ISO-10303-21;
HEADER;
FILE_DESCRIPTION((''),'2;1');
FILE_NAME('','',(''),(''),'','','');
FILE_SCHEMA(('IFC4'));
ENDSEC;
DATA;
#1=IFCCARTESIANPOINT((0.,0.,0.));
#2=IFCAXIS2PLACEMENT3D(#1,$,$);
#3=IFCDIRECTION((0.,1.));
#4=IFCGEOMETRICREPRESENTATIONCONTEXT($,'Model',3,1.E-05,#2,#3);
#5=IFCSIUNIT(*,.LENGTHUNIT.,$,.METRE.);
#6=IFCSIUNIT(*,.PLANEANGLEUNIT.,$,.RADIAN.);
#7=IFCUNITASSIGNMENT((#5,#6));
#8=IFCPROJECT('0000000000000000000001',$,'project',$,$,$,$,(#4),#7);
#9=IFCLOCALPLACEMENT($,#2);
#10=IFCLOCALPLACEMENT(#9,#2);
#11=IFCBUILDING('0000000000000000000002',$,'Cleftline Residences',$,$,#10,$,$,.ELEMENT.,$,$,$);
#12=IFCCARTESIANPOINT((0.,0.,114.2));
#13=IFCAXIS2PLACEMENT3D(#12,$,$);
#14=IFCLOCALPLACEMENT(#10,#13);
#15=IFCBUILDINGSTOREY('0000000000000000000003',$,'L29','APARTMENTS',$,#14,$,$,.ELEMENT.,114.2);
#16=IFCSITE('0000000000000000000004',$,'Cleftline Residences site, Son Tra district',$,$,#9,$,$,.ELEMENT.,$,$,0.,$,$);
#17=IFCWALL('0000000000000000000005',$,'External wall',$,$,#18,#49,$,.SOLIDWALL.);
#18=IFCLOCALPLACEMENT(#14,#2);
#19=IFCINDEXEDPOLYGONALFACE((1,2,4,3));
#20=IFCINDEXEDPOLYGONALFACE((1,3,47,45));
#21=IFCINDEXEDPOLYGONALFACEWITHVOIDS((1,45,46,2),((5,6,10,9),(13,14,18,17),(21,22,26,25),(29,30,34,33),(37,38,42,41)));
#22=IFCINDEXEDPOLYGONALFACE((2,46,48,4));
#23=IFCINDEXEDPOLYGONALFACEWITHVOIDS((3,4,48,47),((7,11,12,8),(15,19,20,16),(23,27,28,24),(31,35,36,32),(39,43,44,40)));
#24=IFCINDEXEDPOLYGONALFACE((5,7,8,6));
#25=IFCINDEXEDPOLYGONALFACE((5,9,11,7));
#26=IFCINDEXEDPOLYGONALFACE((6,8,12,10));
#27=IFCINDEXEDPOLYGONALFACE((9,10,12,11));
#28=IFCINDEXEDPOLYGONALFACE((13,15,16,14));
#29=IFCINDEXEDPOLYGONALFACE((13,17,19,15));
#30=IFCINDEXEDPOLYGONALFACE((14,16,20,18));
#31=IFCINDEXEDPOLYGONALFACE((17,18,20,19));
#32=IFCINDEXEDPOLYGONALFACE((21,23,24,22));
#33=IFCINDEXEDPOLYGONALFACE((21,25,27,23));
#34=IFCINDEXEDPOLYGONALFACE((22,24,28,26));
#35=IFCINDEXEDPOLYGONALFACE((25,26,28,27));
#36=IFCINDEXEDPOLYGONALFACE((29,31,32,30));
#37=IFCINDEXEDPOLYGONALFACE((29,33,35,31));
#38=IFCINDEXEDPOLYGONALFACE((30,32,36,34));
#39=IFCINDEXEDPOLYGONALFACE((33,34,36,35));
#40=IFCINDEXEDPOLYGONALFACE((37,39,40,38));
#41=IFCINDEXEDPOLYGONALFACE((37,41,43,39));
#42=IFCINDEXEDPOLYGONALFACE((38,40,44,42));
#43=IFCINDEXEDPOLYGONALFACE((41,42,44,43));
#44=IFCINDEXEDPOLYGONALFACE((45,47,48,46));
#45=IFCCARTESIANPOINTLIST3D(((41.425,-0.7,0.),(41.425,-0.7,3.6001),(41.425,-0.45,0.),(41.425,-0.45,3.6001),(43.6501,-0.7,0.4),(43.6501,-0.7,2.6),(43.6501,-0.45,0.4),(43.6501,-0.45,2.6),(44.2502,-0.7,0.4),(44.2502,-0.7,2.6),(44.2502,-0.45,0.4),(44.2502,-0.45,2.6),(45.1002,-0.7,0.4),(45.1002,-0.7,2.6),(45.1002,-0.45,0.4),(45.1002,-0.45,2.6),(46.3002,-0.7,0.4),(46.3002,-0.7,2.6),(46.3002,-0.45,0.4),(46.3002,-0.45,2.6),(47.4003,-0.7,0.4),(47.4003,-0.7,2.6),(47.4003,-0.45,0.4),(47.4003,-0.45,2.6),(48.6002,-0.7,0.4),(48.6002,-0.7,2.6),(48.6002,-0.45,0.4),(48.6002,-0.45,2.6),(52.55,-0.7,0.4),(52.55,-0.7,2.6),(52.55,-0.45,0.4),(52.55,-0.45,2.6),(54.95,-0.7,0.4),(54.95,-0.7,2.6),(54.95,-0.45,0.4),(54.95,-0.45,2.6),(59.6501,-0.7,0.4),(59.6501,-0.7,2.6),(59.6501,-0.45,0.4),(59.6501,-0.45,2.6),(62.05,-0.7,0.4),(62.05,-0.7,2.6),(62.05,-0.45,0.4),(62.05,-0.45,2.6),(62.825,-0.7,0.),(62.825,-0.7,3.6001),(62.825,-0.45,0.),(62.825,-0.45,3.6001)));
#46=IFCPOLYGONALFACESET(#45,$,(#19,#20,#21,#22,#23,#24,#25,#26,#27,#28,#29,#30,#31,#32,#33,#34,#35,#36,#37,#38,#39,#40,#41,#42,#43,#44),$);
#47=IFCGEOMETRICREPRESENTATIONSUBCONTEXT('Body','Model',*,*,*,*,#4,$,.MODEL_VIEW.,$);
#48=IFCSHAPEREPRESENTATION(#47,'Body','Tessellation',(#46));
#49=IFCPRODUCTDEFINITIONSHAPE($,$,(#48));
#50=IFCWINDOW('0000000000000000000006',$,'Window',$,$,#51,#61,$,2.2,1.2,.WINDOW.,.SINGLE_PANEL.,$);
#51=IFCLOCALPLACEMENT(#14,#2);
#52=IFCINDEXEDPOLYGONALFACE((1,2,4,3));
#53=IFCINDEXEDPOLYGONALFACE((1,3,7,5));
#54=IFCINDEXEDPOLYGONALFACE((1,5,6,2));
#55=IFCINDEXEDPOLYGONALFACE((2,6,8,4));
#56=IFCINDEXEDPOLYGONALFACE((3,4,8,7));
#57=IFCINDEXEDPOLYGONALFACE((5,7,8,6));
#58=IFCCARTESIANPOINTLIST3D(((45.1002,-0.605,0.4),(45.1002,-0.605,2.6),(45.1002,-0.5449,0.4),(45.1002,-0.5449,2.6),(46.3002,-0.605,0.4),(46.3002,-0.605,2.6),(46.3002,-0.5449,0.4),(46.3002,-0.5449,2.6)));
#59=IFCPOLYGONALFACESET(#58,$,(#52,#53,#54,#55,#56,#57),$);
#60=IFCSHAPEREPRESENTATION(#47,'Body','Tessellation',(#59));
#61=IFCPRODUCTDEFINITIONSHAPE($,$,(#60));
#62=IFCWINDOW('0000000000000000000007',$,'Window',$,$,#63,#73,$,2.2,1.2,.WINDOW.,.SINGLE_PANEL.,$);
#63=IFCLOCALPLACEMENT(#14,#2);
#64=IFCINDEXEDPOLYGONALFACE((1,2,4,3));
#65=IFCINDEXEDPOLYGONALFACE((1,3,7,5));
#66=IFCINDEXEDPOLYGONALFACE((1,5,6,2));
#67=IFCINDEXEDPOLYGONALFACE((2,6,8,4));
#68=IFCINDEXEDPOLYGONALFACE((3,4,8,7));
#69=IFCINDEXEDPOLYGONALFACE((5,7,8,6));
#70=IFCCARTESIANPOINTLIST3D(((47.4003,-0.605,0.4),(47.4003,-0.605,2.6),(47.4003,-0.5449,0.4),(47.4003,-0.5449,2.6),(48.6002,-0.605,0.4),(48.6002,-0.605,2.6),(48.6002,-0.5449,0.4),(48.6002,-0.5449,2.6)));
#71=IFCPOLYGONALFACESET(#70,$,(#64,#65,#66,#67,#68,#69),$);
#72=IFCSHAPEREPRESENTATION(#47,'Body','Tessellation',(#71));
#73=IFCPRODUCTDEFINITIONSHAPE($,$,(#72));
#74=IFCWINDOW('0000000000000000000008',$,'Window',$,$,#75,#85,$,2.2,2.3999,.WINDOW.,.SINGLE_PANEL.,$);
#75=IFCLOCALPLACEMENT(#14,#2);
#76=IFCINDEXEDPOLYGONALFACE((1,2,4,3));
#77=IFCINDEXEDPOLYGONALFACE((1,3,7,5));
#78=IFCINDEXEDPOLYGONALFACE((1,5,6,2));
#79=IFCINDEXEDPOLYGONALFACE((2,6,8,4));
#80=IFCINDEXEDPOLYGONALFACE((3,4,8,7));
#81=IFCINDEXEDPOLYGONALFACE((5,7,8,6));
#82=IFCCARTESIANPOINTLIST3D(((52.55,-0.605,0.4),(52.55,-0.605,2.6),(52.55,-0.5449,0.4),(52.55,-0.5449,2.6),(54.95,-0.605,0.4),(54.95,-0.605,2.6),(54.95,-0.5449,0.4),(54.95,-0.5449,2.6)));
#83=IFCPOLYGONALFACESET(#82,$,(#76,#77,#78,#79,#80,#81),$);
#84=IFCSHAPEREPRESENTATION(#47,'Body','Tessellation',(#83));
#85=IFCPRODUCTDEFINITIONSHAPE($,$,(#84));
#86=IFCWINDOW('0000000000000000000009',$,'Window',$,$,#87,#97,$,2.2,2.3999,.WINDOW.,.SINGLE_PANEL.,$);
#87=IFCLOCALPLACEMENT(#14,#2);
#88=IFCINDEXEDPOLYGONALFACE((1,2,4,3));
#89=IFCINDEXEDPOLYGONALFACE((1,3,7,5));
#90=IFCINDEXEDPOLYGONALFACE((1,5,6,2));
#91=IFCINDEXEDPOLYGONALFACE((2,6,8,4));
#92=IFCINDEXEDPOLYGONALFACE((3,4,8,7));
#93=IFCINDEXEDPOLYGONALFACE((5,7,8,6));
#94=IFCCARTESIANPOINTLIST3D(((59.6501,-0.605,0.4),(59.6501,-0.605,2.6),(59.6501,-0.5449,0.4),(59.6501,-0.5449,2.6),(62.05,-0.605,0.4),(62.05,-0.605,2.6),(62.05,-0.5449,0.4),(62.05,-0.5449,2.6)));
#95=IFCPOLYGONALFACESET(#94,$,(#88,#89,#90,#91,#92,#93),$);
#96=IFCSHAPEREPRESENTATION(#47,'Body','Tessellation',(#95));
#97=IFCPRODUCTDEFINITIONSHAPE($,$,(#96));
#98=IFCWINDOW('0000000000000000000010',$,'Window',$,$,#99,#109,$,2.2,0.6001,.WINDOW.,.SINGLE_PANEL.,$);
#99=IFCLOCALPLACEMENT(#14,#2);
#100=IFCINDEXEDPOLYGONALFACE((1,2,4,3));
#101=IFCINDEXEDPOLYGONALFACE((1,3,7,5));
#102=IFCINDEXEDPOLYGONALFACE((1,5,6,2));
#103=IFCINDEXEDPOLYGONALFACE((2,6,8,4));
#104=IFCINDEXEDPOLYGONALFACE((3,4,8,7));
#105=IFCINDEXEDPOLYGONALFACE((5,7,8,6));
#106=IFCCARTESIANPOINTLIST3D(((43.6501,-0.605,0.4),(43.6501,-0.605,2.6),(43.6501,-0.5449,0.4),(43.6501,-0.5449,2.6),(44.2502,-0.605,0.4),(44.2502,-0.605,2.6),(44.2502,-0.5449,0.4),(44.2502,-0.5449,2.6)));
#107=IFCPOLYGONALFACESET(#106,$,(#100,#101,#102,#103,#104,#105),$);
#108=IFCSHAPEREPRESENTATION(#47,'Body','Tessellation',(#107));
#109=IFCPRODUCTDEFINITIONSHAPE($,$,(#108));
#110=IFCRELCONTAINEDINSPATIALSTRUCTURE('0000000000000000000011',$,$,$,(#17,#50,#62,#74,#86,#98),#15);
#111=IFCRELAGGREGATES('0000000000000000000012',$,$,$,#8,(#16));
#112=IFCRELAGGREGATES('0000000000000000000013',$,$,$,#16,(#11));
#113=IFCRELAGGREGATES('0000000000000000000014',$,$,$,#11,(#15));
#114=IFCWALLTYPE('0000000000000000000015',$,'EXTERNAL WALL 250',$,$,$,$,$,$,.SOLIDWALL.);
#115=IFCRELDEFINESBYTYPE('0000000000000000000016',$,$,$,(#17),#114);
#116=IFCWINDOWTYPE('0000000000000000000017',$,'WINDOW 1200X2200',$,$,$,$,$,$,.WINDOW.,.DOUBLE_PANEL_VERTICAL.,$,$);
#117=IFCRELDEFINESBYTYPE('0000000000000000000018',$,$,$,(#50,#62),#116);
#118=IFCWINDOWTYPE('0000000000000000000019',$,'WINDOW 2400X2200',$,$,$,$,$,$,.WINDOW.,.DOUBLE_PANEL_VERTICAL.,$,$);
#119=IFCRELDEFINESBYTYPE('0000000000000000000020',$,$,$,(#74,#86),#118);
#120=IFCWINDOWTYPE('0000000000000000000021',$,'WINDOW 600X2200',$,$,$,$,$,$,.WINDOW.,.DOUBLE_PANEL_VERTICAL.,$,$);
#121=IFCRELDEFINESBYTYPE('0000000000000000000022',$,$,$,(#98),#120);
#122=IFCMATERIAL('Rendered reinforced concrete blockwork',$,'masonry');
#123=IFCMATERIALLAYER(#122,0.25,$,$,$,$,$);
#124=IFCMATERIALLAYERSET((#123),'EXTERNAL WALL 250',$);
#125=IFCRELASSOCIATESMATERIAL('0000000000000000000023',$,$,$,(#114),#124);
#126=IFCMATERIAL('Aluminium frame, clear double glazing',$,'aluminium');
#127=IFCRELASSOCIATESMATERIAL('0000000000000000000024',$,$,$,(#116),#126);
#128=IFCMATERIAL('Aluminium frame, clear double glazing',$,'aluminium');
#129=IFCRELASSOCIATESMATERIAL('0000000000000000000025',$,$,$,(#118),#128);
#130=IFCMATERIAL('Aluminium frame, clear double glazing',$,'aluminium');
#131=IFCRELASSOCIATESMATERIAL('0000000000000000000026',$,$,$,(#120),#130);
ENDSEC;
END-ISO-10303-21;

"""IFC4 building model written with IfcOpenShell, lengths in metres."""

from ifc_helpers import new_model, si_unit, direction, frame, frame_2d, origin, place, context, subcontext, project, spatial, rectangle, extrude, material, layer, layer_set, type_object, element, fill, save


model = new_model("IFC4")

# Units and contexts
model_context = context("Model", 3, precision=1e-05, world=origin(), true_north=direction((0.0, 1.0)))
body_context = subcontext(model_context, "Body", "Model", "MODEL_VIEW")
ifc_project = project(units=[si_unit("LENGTHUNIT", "METRE"), si_unit("PLANEANGLEUNIT", "RADIAN")], contexts=[model_context])

# Site, building, storey
site_placement = place(None, origin())
site = spatial("IfcSite", under=ifc_project, at=site_placement, Name="Cleftline Residences site, Son Tra district", CompositionType="ELEMENT", RefElevation=0.0)
building_placement = place(site_placement, origin())
building = spatial("IfcBuilding", under=site, at=building_placement, Name="Cleftline Residences", CompositionType="ELEMENT")
storey_placement = place(building_placement, frame((0.0, 0.0, 114.2)))
storey = spatial("IfcBuildingStorey", under=building, at=storey_placement, Name="L29", Description="APARTMENTS", CompositionType="ELEMENT", Elevation=114.2)

# Wall, openings, windows
ifc_material_1 = material(Name="Rendered reinforced concrete blockwork", Category="masonry")
ifc_layer_1 = layer(ifc_material_1, 0.25)
ifc_layer_set_1 = layer_set([ifc_layer_1], Name="EXTERNAL WALL 250")
wall_type_1 = type_object("IfcWallType", Name="EXTERNAL WALL 250", PredefinedType="SOLIDWALL", material=ifc_layer_set_1)
wall_1_placement = place(storey_placement, frame((41.425, -0.575, 0.0), z_axis=(0.0, 0.0, 1.0), x_axis=(1.0, 0.0, 0.0)))
wall_1 = element("IfcWall", 1, at=wall_1_placement, inside=storey, type_object=wall_type_1, Name="External wall", PredefinedType="SOLIDWALL", context=body_context, shape_type="SweptSolid", body=[
    extrude(rectangle(XDim=21.3999, YDim=0.25, at=frame_2d((10.7, 0.0))), origin(), (0.0, 0.0, 1.0), 3.6001),
])
opening_1_placement = place(wall_1_placement, frame((2.2251, 0.0, 0.3999)))
opening_1 = element("IfcOpeningElement", 2, at=opening_1_placement, cuts=wall_1, PredefinedType="OPENING", context=body_context, shape_type="SweptSolid", body=[
    extrude(rectangle(XDim=0.6001, YDim=2.2, at=frame_2d((0.3, 1.1001))), frame((0.0, 0.135, 0.0), z_axis=(0.0, -1.0, 0.0), x_axis=(1.0, 0.0, 0.0)), (0.0, 0.0, 1.0), 0.27),
])
opening_2_placement = place(wall_1_placement, frame((3.675, 0.0, 0.3999)))
opening_2 = element("IfcOpeningElement", 3, at=opening_2_placement, cuts=wall_1, PredefinedType="OPENING", context=body_context, shape_type="SweptSolid", body=[
    extrude(rectangle(XDim=1.2, YDim=2.2, at=frame_2d((0.6001, 1.1001))), frame((0.0, 0.135, 0.0), z_axis=(0.0, -1.0, 0.0), x_axis=(1.0, 0.0, 0.0)), (0.0, 0.0, 1.0), 0.27),
])
opening_3_placement = place(wall_1_placement, frame((5.9751, 0.0, 0.3999)))
opening_3 = element("IfcOpeningElement", 4, at=opening_3_placement, cuts=wall_1, PredefinedType="OPENING", context=body_context, shape_type="SweptSolid", body=[
    extrude(rectangle(XDim=1.2, YDim=2.2, at=frame_2d((0.6001, 1.1001))), frame((0.0, 0.135, 0.0), z_axis=(0.0, -1.0, 0.0), x_axis=(1.0, 0.0, 0.0)), (0.0, 0.0, 1.0), 0.27),
])
opening_4_placement = place(wall_1_placement, frame((11.125, 0.0, 0.3999)))
opening_4 = element("IfcOpeningElement", 5, at=opening_4_placement, cuts=wall_1, PredefinedType="OPENING", context=body_context, shape_type="SweptSolid", body=[
    extrude(rectangle(XDim=2.3999, YDim=2.2, at=frame_2d((1.2, 1.1001))), frame((0.0, 0.135, 0.0), z_axis=(0.0, -1.0, 0.0), x_axis=(1.0, 0.0, 0.0)), (0.0, 0.0, 1.0), 0.27),
])
opening_5_placement = place(wall_1_placement, frame((18.2251, 0.0, 0.3999)))
opening_5 = element("IfcOpeningElement", 6, at=opening_5_placement, cuts=wall_1, PredefinedType="OPENING", context=body_context, shape_type="SweptSolid", body=[
    extrude(rectangle(XDim=2.3999, YDim=2.2, at=frame_2d((1.2, 1.1001))), frame((0.0, 0.135, 0.0), z_axis=(0.0, -1.0, 0.0), x_axis=(1.0, 0.0, 0.0)), (0.0, 0.0, 1.0), 0.27),
])
ifc_material_2 = material(Name="Aluminium frame, clear double glazing", Category="aluminium")
window_type_1 = type_object("IfcWindowType", Name="WINDOW 1200X2200", PartitioningType="DOUBLE_PANEL_VERTICAL", PredefinedType="WINDOW", material=ifc_material_2)
window_1_placement = place(opening_2_placement, origin())
window_1 = element("IfcWindow", 7, at=window_1_placement, inside=storey, type_object=window_type_1, Name="Window", OverallHeight=2.2, OverallWidth=1.2, PartitioningType="SINGLE_PANEL", PredefinedType="WINDOW", context=body_context, shape_type="SweptSolid", body=[
    extrude(rectangle(XDim=1.2, YDim=2.2, at=frame_2d((0.6001, 1.1001))), frame((0.0, 0.03, 0.0), z_axis=(0.0, -1.0, 0.0), x_axis=(1.0, 0.0, 0.0)), (0.0, 0.0, 1.0), 0.0601),
])
fill(opening_2, window_1)
window_2_placement = place(opening_3_placement, origin())
window_2 = element("IfcWindow", 8, at=window_2_placement, inside=storey, type_object=window_type_1, Name="Window", OverallHeight=2.2, OverallWidth=1.2, PartitioningType="SINGLE_PANEL", PredefinedType="WINDOW", context=body_context, shape_type="SweptSolid", body=[
    extrude(rectangle(XDim=1.2, YDim=2.2, at=frame_2d((0.6001, 1.1001))), frame((0.0, 0.03, 0.0), z_axis=(0.0, -1.0, 0.0), x_axis=(1.0, 0.0, 0.0)), (0.0, 0.0, 1.0), 0.0601),
])
fill(opening_3, window_2)
ifc_material_3 = material(Name="Aluminium frame, clear double glazing", Category="aluminium")
window_type_2 = type_object("IfcWindowType", Name="WINDOW 2400X2200", PartitioningType="DOUBLE_PANEL_VERTICAL", PredefinedType="WINDOW", material=ifc_material_3)
window_3_placement = place(opening_4_placement, origin())
window_3 = element("IfcWindow", 9, at=window_3_placement, inside=storey, type_object=window_type_2, Name="Window", OverallHeight=2.2, OverallWidth=2.3999, PartitioningType="SINGLE_PANEL", PredefinedType="WINDOW", context=body_context, shape_type="SweptSolid", body=[
    extrude(rectangle(XDim=2.3999, YDim=2.2, at=frame_2d((1.2, 1.1001))), frame((0.0, 0.03, 0.0), z_axis=(0.0, -1.0, 0.0), x_axis=(1.0, 0.0, 0.0)), (0.0, 0.0, 1.0), 0.0601),
])
fill(opening_4, window_3)
window_4_placement = place(opening_5_placement, origin())
window_4 = element("IfcWindow", 10, at=window_4_placement, inside=storey, type_object=window_type_2, Name="Window", OverallHeight=2.2, OverallWidth=2.3999, PartitioningType="SINGLE_PANEL", PredefinedType="WINDOW", context=body_context, shape_type="SweptSolid", body=[
    extrude(rectangle(XDim=2.3999, YDim=2.2, at=frame_2d((1.2, 1.1001))), frame((0.0, 0.03, 0.0), z_axis=(0.0, -1.0, 0.0), x_axis=(1.0, 0.0, 0.0)), (0.0, 0.0, 1.0), 0.0601),
])
fill(opening_5, window_4)
ifc_material_4 = material(Name="Aluminium frame, clear double glazing", Category="aluminium")
window_type_3 = type_object("IfcWindowType", Name="WINDOW 600X2200", PartitioningType="DOUBLE_PANEL_VERTICAL", PredefinedType="WINDOW", material=ifc_material_4)
window_5_placement = place(opening_1_placement, origin())
window_5 = element("IfcWindow", 11, at=window_5_placement, inside=storey, type_object=window_type_3, Name="Window", OverallHeight=2.2, OverallWidth=0.6001, PartitioningType="SINGLE_PANEL", PredefinedType="WINDOW", context=body_context, shape_type="SweptSolid", body=[
    extrude(rectangle(XDim=0.6001, YDim=2.2, at=frame_2d((0.3, 1.1001))), frame((0.0, 0.03, 0.0), z_axis=(0.0, -1.0, 0.0), x_axis=(1.0, 0.0, 0.0)), (0.0, 0.0, 1.0), 0.0601),
])
fill(opening_1, window_5)

save(model, "model.ifc")
